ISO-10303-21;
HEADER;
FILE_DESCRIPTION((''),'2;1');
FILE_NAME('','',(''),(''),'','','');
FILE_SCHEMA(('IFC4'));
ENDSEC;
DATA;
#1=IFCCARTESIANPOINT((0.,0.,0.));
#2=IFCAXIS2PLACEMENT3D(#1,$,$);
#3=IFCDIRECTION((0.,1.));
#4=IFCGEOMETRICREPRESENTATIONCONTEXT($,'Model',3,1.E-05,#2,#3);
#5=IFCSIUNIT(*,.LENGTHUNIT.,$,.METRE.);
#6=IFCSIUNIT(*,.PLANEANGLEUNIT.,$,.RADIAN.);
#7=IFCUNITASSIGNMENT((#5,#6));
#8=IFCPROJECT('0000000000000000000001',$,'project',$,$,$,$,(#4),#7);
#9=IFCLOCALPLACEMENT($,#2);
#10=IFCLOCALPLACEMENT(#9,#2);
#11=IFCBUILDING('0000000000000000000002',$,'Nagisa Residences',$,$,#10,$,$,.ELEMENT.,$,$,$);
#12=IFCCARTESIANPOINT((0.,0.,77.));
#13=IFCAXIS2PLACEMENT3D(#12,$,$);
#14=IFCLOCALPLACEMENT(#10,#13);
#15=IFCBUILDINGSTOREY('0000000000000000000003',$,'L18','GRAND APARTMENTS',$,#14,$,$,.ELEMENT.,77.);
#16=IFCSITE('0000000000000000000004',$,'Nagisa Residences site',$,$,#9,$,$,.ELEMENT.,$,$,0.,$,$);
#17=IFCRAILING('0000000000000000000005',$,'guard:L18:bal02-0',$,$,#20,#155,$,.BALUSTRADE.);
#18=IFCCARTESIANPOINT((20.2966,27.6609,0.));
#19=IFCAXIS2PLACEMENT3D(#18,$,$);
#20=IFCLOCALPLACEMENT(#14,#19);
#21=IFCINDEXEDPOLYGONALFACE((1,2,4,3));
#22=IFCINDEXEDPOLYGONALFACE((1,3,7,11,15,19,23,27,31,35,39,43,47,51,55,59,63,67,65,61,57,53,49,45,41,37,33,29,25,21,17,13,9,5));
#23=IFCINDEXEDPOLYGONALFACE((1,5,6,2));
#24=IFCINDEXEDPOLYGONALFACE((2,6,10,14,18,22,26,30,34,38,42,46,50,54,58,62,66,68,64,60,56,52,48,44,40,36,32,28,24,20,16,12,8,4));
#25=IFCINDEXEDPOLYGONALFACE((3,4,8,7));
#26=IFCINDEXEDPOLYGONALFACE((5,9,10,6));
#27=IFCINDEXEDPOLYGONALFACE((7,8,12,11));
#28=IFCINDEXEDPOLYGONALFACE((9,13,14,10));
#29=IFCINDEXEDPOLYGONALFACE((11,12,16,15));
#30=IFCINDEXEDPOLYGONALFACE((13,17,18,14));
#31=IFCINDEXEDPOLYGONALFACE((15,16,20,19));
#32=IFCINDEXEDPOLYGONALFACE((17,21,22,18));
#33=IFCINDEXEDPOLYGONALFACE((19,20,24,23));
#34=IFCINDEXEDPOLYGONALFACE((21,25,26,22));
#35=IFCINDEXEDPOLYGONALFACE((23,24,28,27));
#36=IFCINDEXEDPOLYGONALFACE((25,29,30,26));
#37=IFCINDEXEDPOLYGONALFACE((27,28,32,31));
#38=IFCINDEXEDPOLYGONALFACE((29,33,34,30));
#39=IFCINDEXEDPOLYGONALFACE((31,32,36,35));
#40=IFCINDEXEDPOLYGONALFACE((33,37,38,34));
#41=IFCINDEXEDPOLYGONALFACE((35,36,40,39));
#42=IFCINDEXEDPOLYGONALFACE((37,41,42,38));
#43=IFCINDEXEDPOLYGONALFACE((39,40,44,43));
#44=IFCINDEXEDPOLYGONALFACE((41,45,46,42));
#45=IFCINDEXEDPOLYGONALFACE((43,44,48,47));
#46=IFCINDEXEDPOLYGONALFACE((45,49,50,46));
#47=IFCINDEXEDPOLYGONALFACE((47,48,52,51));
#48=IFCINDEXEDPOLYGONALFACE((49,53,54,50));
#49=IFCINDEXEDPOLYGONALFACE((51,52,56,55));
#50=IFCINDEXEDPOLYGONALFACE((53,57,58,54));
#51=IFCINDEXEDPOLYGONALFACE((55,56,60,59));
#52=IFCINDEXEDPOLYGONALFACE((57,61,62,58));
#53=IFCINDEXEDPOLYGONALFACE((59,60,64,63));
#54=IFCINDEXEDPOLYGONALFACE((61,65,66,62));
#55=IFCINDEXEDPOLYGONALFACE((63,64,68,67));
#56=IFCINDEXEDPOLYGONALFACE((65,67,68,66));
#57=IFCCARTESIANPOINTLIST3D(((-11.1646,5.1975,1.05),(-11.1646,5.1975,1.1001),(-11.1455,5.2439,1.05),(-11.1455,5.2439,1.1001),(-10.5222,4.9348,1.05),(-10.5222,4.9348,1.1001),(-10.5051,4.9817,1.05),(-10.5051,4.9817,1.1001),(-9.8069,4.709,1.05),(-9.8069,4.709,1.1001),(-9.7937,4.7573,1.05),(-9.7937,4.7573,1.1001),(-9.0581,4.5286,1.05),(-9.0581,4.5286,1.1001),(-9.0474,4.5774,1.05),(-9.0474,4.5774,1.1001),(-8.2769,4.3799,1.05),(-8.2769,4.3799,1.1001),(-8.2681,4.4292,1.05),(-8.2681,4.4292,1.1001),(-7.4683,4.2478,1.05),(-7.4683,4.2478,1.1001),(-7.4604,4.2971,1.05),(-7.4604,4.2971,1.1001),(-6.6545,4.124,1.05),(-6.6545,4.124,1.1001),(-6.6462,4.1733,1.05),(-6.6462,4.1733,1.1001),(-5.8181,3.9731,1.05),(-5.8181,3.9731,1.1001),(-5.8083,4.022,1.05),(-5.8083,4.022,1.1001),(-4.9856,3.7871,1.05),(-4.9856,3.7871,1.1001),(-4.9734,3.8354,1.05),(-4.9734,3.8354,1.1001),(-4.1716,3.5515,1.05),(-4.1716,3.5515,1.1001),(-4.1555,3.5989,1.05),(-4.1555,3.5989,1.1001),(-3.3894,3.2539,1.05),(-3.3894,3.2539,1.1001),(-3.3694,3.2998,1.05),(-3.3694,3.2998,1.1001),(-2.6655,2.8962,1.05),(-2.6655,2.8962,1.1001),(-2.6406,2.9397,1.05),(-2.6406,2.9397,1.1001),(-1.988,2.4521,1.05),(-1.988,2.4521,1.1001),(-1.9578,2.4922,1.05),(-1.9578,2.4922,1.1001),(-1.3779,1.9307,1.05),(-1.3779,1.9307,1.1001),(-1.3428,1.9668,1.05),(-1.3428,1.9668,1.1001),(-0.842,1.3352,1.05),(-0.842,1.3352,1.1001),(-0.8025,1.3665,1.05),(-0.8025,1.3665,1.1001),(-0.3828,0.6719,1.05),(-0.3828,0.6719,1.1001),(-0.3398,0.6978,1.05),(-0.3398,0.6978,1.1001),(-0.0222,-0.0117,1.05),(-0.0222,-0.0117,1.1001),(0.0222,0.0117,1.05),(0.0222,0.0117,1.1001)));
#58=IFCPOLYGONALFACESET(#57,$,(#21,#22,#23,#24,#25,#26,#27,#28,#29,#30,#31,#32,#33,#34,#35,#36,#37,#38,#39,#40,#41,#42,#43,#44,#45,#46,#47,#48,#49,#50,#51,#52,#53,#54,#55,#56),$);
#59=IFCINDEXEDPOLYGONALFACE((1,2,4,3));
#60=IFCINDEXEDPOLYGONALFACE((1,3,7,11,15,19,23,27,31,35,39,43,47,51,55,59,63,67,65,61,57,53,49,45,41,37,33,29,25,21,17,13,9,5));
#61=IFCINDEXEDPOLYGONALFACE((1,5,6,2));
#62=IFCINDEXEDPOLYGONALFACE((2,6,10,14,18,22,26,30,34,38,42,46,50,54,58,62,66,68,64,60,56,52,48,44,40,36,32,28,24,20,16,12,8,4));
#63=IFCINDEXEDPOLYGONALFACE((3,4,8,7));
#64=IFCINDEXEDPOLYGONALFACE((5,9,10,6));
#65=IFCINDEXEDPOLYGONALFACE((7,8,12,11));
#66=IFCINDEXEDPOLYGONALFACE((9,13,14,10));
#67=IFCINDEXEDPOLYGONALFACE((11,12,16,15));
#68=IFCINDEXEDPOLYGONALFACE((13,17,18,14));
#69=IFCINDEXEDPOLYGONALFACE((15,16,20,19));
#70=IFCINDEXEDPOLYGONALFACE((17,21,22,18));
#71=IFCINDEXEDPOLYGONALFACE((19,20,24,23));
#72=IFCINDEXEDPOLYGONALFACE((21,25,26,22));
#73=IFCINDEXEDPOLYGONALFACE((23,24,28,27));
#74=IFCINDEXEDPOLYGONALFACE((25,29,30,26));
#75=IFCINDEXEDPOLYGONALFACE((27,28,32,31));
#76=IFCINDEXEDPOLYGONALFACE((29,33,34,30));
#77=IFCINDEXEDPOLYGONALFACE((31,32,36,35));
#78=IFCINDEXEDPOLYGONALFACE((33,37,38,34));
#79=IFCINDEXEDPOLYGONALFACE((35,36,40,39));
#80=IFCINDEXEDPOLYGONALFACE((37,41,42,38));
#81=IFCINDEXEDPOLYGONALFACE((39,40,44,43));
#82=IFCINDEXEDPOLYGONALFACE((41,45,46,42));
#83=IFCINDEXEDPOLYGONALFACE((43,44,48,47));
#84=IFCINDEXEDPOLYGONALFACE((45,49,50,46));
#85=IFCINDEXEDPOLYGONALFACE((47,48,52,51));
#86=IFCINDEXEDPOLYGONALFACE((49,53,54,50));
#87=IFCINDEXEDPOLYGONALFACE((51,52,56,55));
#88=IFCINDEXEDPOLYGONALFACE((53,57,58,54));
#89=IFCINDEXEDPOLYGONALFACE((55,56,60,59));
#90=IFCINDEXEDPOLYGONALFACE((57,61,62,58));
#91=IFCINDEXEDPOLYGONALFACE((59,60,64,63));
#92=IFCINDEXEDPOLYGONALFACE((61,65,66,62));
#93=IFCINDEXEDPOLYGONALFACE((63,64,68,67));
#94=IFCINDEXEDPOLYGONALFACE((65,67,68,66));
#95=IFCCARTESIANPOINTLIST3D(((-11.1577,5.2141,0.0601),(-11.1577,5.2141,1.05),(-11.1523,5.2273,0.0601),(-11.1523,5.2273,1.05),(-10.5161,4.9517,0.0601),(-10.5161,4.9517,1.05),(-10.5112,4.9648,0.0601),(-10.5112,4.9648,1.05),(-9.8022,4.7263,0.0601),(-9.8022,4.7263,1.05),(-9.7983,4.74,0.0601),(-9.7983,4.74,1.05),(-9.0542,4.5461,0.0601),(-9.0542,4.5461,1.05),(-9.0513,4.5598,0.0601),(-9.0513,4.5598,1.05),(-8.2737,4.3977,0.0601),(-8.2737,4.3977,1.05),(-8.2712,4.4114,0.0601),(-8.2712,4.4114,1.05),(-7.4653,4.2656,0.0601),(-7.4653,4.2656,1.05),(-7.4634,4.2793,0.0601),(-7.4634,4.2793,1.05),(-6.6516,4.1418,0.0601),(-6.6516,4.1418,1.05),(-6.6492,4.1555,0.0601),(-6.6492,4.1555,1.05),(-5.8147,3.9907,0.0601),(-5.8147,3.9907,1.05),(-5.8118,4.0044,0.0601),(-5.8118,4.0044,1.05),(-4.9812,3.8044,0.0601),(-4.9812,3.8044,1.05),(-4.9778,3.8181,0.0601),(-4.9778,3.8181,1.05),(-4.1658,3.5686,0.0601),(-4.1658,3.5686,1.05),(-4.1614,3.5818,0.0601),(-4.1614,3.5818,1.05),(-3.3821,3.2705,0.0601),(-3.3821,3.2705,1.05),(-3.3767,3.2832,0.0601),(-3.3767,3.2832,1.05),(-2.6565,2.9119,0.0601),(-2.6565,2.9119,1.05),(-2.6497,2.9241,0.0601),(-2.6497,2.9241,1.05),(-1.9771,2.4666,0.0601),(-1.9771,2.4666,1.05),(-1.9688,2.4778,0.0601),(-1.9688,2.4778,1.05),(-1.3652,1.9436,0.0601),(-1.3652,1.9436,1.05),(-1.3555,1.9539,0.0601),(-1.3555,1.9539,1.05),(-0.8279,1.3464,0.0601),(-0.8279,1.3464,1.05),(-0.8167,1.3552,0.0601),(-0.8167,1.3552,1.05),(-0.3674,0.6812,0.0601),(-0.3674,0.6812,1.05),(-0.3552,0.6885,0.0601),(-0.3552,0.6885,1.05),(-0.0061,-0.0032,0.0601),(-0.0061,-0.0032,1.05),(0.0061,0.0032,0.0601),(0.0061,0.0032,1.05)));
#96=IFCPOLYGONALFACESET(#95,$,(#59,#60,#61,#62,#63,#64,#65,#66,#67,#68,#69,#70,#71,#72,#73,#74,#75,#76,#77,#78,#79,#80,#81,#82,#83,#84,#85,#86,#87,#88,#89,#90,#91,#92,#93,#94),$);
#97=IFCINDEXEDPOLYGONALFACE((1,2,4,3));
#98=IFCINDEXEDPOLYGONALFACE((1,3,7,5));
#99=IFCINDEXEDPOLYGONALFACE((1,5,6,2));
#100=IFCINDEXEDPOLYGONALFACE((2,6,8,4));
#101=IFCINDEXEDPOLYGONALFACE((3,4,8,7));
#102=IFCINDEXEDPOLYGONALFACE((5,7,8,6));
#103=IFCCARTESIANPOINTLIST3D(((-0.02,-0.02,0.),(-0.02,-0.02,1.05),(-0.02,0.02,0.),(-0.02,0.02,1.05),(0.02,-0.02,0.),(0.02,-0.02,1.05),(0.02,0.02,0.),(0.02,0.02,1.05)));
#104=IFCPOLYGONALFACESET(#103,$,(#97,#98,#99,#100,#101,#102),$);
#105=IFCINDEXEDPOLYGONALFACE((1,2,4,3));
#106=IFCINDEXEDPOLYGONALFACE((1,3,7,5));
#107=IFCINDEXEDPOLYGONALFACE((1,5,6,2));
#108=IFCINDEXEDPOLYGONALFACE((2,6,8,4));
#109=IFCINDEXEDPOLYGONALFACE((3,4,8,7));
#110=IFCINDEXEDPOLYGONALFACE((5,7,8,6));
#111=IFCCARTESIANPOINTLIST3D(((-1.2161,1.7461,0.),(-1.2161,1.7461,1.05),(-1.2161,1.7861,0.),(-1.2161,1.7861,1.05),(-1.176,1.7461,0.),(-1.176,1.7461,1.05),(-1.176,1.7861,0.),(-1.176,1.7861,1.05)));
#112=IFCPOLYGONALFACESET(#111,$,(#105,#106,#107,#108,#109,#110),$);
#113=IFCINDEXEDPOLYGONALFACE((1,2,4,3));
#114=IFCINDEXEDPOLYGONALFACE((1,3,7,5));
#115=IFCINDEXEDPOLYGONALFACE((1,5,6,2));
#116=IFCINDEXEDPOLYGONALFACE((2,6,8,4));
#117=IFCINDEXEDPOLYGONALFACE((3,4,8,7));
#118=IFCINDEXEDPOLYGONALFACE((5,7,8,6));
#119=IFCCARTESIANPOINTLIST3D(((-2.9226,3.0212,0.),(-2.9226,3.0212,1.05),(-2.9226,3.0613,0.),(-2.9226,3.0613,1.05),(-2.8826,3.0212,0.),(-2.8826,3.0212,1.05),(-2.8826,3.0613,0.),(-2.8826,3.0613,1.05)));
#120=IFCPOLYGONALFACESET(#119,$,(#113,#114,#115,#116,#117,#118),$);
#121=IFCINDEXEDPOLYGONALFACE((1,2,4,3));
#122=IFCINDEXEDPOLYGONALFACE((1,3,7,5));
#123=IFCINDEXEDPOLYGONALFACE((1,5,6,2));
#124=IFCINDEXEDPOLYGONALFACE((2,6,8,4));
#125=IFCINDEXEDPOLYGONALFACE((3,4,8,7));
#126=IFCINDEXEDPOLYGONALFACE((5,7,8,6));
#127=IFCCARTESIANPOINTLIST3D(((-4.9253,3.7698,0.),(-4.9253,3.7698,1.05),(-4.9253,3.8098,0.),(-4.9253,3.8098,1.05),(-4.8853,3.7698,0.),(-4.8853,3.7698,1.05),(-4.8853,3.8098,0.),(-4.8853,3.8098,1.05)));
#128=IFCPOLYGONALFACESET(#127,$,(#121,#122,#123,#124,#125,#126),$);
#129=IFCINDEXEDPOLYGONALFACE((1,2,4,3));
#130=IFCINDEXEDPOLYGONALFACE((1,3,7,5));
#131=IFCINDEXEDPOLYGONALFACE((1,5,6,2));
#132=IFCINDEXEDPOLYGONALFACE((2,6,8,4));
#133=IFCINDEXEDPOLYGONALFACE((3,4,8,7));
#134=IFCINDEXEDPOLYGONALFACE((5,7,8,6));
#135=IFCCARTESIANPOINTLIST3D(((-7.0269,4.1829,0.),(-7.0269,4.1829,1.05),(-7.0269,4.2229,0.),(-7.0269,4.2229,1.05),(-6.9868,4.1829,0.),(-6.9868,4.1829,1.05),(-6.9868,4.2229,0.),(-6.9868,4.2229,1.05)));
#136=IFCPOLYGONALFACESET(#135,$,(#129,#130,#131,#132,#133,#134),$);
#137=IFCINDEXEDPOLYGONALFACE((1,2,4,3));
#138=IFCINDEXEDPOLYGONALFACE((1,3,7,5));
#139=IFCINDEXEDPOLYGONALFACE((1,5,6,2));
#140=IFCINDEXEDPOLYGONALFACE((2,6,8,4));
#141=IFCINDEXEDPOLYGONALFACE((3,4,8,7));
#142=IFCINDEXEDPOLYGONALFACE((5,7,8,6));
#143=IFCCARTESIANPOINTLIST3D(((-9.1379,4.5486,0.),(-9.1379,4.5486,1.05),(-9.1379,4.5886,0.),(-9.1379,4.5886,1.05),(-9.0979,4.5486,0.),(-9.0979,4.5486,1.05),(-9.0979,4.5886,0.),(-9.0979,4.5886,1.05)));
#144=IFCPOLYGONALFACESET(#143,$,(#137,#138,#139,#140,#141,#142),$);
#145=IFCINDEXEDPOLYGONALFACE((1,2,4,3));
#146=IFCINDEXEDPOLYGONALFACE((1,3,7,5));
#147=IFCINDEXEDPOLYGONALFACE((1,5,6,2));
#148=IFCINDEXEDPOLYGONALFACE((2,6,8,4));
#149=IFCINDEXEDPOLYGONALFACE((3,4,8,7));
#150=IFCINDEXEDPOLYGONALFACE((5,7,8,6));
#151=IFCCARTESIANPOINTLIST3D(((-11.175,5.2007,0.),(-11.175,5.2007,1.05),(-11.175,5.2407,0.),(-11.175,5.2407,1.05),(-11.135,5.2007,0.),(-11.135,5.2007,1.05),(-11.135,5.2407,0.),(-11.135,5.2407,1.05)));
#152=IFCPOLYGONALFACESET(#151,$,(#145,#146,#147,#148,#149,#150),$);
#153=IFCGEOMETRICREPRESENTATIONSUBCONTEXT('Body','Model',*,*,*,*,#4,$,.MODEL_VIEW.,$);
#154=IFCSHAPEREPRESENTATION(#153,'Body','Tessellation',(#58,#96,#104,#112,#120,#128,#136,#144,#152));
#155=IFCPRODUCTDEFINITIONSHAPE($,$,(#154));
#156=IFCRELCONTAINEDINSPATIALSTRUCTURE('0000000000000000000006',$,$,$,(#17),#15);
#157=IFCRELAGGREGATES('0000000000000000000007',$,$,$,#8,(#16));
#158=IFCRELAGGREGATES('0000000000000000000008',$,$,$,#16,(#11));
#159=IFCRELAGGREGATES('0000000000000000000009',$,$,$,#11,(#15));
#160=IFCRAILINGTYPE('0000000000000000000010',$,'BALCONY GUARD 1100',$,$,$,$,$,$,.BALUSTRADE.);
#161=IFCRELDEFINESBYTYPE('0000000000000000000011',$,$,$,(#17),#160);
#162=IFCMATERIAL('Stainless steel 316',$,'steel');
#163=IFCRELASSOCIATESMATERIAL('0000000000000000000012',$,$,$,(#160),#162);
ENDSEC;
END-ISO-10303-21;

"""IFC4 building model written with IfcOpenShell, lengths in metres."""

from ifc_helpers import new_model, si_unit, direction, frame, origin, origin_2d, place, context, subcontext, project, spatial, polyline, rectangle, outline, extrude, material, type_object, element, save


model = new_model("IFC4")

# Units and contexts
model_context = context("Model", 3, precision=1e-05, world=origin(), true_north=direction((0.0, 1.0)))
body_context = subcontext(model_context, "Body", "Model", "MODEL_VIEW")
ifc_project = project(units=[si_unit("LENGTHUNIT", "METRE"), si_unit("PLANEANGLEUNIT", "RADIAN")], contexts=[model_context])

# Site, building, storey
site_placement = place(None, origin())
site = spatial("IfcSite", under=ifc_project, at=site_placement, Name="Nagisa Residences site", CompositionType="ELEMENT", RefElevation=0.0)
building_placement = place(site_placement, origin())
building = spatial("IfcBuilding", under=site, at=building_placement, Name="Nagisa Residences", CompositionType="ELEMENT")
storey_placement = place(building_placement, frame((0.0, 0.0, 77.0)))
storey = spatial("IfcBuildingStorey", under=building, at=storey_placement, Name="L18", Description="GRAND APARTMENTS", CompositionType="ELEMENT", Elevation=77.0)

# Railing
ifc_material_1 = material(Name="Stainless steel 316", Category="steel")
railing_type = type_object("IfcRailingType", Name="BALCONY GUARD 1100", PredefinedType="BALUSTRADE", material=ifc_material_1)
railing_1_placement = place(storey_placement, frame((20.2966, 27.6609, 0.0)))
element("IfcRailing", 1, at=railing_1_placement, inside=storey, type_object=railing_type, Name="guard:L18:bal02-0", PredefinedType="BALUSTRADE", context=body_context, shape_type="SweptSolid", body=[
    extrude(outline(polyline([(-0.3828, 0.6719), (-0.0222, -0.0117), (0.0222, 0.0117), (-0.3398, 0.6978), (-0.8025, 1.3665), (-1.3428, 1.9668), (-1.9578, 2.4922), (-2.6406, 2.9397), (-3.3694, 3.2998), (-4.1555, 3.5989), (-4.9734, 3.8354), (-5.8083, 4.022), (-6.6462, 4.1733), (-7.4604, 4.2971), (-8.2681, 4.4292), (-9.0474, 4.5774), (-9.7937, 4.7573), (-10.5051, 4.9817), (-11.1455, 5.2439), (-11.1646, 5.1975), (-10.5222, 4.9348), (-9.8069, 4.709), (-9.0581, 4.5286), (-8.2769, 4.3799), (-7.4683, 4.2478), (-6.6545, 4.124), (-5.8181, 3.9731), (-4.9856, 3.7871), (-4.1716, 3.5515), (-3.3894, 3.2539), (-2.6655, 2.8962), (-1.988, 2.4521), (-1.3779, 1.9307), (-0.842, 1.3352), (-0.3828, 0.6719)])), frame((0.0, 0.0, 1.05)), (0.0, 0.0, 1.0), 0.05),
    extrude(outline(polyline([(-0.3674, 0.6812), (-0.0061, -0.0032), (0.0061, 0.0032), (-0.3552, 0.6885), (-0.8167, 1.3552), (-1.3555, 1.9539), (-1.9688, 2.4778), (-2.6497, 2.9241), (-3.3767, 3.2832), (-4.1614, 3.5818), (-4.9778, 3.8181), (-5.8118, 4.0044), (-6.6492, 4.1555), (-7.4634, 4.2793), (-8.2712, 4.4114), (-9.0513, 4.5598), (-9.7983, 4.74), (-10.5112, 4.9648), (-11.1523, 5.2273), (-11.1577, 5.2141), (-10.5161, 4.9517), (-9.8022, 4.7263), (-9.0542, 4.5461), (-8.2737, 4.3977), (-7.4653, 4.2656), (-6.6516, 4.1418), (-5.8147, 3.9907), (-4.9812, 3.8044), (-4.1658, 3.5686), (-3.3821, 3.2705), (-2.6565, 2.9119), (-1.9771, 2.4666), (-1.3652, 1.9436), (-0.8279, 1.3464), (-0.3674, 0.6812)])), frame((0.0, 0.0, 0.0601)), (0.0, 0.0, 1.0), 0.99),
    extrude(rectangle(XDim=0.04, YDim=0.04, at=origin_2d()), origin(), (0.0, 0.0, 1.0), 1.05),
    extrude(rectangle(XDim=0.04, YDim=0.04, at=origin_2d()), frame((-1.196, 1.7661, 0.0)), (0.0, 0.0, 1.0), 1.05),
    extrude(rectangle(XDim=0.04, YDim=0.04, at=origin_2d()), frame((-2.9026, 3.0413, 0.0)), (0.0, 0.0, 1.0), 1.05),
    extrude(rectangle(XDim=0.04, YDim=0.04, at=origin_2d()), frame((-4.9053, 3.7898, 0.0)), (0.0, 0.0, 1.0), 1.05),
    extrude(rectangle(XDim=0.04, YDim=0.04, at=origin_2d()), frame((-7.0068, 4.2029, 0.0)), (0.0, 0.0, 1.0), 1.05),
    extrude(rectangle(XDim=0.04, YDim=0.04, at=origin_2d()), frame((-9.1179, 4.5686, 0.0)), (0.0, 0.0, 1.0), 1.05),
    extrude(rectangle(XDim=0.04, YDim=0.04, at=origin_2d()), frame((-11.155, 5.2207, 0.0)), (0.0, 0.0, 1.0), 1.05),
])

save(model, "model.ifc")
